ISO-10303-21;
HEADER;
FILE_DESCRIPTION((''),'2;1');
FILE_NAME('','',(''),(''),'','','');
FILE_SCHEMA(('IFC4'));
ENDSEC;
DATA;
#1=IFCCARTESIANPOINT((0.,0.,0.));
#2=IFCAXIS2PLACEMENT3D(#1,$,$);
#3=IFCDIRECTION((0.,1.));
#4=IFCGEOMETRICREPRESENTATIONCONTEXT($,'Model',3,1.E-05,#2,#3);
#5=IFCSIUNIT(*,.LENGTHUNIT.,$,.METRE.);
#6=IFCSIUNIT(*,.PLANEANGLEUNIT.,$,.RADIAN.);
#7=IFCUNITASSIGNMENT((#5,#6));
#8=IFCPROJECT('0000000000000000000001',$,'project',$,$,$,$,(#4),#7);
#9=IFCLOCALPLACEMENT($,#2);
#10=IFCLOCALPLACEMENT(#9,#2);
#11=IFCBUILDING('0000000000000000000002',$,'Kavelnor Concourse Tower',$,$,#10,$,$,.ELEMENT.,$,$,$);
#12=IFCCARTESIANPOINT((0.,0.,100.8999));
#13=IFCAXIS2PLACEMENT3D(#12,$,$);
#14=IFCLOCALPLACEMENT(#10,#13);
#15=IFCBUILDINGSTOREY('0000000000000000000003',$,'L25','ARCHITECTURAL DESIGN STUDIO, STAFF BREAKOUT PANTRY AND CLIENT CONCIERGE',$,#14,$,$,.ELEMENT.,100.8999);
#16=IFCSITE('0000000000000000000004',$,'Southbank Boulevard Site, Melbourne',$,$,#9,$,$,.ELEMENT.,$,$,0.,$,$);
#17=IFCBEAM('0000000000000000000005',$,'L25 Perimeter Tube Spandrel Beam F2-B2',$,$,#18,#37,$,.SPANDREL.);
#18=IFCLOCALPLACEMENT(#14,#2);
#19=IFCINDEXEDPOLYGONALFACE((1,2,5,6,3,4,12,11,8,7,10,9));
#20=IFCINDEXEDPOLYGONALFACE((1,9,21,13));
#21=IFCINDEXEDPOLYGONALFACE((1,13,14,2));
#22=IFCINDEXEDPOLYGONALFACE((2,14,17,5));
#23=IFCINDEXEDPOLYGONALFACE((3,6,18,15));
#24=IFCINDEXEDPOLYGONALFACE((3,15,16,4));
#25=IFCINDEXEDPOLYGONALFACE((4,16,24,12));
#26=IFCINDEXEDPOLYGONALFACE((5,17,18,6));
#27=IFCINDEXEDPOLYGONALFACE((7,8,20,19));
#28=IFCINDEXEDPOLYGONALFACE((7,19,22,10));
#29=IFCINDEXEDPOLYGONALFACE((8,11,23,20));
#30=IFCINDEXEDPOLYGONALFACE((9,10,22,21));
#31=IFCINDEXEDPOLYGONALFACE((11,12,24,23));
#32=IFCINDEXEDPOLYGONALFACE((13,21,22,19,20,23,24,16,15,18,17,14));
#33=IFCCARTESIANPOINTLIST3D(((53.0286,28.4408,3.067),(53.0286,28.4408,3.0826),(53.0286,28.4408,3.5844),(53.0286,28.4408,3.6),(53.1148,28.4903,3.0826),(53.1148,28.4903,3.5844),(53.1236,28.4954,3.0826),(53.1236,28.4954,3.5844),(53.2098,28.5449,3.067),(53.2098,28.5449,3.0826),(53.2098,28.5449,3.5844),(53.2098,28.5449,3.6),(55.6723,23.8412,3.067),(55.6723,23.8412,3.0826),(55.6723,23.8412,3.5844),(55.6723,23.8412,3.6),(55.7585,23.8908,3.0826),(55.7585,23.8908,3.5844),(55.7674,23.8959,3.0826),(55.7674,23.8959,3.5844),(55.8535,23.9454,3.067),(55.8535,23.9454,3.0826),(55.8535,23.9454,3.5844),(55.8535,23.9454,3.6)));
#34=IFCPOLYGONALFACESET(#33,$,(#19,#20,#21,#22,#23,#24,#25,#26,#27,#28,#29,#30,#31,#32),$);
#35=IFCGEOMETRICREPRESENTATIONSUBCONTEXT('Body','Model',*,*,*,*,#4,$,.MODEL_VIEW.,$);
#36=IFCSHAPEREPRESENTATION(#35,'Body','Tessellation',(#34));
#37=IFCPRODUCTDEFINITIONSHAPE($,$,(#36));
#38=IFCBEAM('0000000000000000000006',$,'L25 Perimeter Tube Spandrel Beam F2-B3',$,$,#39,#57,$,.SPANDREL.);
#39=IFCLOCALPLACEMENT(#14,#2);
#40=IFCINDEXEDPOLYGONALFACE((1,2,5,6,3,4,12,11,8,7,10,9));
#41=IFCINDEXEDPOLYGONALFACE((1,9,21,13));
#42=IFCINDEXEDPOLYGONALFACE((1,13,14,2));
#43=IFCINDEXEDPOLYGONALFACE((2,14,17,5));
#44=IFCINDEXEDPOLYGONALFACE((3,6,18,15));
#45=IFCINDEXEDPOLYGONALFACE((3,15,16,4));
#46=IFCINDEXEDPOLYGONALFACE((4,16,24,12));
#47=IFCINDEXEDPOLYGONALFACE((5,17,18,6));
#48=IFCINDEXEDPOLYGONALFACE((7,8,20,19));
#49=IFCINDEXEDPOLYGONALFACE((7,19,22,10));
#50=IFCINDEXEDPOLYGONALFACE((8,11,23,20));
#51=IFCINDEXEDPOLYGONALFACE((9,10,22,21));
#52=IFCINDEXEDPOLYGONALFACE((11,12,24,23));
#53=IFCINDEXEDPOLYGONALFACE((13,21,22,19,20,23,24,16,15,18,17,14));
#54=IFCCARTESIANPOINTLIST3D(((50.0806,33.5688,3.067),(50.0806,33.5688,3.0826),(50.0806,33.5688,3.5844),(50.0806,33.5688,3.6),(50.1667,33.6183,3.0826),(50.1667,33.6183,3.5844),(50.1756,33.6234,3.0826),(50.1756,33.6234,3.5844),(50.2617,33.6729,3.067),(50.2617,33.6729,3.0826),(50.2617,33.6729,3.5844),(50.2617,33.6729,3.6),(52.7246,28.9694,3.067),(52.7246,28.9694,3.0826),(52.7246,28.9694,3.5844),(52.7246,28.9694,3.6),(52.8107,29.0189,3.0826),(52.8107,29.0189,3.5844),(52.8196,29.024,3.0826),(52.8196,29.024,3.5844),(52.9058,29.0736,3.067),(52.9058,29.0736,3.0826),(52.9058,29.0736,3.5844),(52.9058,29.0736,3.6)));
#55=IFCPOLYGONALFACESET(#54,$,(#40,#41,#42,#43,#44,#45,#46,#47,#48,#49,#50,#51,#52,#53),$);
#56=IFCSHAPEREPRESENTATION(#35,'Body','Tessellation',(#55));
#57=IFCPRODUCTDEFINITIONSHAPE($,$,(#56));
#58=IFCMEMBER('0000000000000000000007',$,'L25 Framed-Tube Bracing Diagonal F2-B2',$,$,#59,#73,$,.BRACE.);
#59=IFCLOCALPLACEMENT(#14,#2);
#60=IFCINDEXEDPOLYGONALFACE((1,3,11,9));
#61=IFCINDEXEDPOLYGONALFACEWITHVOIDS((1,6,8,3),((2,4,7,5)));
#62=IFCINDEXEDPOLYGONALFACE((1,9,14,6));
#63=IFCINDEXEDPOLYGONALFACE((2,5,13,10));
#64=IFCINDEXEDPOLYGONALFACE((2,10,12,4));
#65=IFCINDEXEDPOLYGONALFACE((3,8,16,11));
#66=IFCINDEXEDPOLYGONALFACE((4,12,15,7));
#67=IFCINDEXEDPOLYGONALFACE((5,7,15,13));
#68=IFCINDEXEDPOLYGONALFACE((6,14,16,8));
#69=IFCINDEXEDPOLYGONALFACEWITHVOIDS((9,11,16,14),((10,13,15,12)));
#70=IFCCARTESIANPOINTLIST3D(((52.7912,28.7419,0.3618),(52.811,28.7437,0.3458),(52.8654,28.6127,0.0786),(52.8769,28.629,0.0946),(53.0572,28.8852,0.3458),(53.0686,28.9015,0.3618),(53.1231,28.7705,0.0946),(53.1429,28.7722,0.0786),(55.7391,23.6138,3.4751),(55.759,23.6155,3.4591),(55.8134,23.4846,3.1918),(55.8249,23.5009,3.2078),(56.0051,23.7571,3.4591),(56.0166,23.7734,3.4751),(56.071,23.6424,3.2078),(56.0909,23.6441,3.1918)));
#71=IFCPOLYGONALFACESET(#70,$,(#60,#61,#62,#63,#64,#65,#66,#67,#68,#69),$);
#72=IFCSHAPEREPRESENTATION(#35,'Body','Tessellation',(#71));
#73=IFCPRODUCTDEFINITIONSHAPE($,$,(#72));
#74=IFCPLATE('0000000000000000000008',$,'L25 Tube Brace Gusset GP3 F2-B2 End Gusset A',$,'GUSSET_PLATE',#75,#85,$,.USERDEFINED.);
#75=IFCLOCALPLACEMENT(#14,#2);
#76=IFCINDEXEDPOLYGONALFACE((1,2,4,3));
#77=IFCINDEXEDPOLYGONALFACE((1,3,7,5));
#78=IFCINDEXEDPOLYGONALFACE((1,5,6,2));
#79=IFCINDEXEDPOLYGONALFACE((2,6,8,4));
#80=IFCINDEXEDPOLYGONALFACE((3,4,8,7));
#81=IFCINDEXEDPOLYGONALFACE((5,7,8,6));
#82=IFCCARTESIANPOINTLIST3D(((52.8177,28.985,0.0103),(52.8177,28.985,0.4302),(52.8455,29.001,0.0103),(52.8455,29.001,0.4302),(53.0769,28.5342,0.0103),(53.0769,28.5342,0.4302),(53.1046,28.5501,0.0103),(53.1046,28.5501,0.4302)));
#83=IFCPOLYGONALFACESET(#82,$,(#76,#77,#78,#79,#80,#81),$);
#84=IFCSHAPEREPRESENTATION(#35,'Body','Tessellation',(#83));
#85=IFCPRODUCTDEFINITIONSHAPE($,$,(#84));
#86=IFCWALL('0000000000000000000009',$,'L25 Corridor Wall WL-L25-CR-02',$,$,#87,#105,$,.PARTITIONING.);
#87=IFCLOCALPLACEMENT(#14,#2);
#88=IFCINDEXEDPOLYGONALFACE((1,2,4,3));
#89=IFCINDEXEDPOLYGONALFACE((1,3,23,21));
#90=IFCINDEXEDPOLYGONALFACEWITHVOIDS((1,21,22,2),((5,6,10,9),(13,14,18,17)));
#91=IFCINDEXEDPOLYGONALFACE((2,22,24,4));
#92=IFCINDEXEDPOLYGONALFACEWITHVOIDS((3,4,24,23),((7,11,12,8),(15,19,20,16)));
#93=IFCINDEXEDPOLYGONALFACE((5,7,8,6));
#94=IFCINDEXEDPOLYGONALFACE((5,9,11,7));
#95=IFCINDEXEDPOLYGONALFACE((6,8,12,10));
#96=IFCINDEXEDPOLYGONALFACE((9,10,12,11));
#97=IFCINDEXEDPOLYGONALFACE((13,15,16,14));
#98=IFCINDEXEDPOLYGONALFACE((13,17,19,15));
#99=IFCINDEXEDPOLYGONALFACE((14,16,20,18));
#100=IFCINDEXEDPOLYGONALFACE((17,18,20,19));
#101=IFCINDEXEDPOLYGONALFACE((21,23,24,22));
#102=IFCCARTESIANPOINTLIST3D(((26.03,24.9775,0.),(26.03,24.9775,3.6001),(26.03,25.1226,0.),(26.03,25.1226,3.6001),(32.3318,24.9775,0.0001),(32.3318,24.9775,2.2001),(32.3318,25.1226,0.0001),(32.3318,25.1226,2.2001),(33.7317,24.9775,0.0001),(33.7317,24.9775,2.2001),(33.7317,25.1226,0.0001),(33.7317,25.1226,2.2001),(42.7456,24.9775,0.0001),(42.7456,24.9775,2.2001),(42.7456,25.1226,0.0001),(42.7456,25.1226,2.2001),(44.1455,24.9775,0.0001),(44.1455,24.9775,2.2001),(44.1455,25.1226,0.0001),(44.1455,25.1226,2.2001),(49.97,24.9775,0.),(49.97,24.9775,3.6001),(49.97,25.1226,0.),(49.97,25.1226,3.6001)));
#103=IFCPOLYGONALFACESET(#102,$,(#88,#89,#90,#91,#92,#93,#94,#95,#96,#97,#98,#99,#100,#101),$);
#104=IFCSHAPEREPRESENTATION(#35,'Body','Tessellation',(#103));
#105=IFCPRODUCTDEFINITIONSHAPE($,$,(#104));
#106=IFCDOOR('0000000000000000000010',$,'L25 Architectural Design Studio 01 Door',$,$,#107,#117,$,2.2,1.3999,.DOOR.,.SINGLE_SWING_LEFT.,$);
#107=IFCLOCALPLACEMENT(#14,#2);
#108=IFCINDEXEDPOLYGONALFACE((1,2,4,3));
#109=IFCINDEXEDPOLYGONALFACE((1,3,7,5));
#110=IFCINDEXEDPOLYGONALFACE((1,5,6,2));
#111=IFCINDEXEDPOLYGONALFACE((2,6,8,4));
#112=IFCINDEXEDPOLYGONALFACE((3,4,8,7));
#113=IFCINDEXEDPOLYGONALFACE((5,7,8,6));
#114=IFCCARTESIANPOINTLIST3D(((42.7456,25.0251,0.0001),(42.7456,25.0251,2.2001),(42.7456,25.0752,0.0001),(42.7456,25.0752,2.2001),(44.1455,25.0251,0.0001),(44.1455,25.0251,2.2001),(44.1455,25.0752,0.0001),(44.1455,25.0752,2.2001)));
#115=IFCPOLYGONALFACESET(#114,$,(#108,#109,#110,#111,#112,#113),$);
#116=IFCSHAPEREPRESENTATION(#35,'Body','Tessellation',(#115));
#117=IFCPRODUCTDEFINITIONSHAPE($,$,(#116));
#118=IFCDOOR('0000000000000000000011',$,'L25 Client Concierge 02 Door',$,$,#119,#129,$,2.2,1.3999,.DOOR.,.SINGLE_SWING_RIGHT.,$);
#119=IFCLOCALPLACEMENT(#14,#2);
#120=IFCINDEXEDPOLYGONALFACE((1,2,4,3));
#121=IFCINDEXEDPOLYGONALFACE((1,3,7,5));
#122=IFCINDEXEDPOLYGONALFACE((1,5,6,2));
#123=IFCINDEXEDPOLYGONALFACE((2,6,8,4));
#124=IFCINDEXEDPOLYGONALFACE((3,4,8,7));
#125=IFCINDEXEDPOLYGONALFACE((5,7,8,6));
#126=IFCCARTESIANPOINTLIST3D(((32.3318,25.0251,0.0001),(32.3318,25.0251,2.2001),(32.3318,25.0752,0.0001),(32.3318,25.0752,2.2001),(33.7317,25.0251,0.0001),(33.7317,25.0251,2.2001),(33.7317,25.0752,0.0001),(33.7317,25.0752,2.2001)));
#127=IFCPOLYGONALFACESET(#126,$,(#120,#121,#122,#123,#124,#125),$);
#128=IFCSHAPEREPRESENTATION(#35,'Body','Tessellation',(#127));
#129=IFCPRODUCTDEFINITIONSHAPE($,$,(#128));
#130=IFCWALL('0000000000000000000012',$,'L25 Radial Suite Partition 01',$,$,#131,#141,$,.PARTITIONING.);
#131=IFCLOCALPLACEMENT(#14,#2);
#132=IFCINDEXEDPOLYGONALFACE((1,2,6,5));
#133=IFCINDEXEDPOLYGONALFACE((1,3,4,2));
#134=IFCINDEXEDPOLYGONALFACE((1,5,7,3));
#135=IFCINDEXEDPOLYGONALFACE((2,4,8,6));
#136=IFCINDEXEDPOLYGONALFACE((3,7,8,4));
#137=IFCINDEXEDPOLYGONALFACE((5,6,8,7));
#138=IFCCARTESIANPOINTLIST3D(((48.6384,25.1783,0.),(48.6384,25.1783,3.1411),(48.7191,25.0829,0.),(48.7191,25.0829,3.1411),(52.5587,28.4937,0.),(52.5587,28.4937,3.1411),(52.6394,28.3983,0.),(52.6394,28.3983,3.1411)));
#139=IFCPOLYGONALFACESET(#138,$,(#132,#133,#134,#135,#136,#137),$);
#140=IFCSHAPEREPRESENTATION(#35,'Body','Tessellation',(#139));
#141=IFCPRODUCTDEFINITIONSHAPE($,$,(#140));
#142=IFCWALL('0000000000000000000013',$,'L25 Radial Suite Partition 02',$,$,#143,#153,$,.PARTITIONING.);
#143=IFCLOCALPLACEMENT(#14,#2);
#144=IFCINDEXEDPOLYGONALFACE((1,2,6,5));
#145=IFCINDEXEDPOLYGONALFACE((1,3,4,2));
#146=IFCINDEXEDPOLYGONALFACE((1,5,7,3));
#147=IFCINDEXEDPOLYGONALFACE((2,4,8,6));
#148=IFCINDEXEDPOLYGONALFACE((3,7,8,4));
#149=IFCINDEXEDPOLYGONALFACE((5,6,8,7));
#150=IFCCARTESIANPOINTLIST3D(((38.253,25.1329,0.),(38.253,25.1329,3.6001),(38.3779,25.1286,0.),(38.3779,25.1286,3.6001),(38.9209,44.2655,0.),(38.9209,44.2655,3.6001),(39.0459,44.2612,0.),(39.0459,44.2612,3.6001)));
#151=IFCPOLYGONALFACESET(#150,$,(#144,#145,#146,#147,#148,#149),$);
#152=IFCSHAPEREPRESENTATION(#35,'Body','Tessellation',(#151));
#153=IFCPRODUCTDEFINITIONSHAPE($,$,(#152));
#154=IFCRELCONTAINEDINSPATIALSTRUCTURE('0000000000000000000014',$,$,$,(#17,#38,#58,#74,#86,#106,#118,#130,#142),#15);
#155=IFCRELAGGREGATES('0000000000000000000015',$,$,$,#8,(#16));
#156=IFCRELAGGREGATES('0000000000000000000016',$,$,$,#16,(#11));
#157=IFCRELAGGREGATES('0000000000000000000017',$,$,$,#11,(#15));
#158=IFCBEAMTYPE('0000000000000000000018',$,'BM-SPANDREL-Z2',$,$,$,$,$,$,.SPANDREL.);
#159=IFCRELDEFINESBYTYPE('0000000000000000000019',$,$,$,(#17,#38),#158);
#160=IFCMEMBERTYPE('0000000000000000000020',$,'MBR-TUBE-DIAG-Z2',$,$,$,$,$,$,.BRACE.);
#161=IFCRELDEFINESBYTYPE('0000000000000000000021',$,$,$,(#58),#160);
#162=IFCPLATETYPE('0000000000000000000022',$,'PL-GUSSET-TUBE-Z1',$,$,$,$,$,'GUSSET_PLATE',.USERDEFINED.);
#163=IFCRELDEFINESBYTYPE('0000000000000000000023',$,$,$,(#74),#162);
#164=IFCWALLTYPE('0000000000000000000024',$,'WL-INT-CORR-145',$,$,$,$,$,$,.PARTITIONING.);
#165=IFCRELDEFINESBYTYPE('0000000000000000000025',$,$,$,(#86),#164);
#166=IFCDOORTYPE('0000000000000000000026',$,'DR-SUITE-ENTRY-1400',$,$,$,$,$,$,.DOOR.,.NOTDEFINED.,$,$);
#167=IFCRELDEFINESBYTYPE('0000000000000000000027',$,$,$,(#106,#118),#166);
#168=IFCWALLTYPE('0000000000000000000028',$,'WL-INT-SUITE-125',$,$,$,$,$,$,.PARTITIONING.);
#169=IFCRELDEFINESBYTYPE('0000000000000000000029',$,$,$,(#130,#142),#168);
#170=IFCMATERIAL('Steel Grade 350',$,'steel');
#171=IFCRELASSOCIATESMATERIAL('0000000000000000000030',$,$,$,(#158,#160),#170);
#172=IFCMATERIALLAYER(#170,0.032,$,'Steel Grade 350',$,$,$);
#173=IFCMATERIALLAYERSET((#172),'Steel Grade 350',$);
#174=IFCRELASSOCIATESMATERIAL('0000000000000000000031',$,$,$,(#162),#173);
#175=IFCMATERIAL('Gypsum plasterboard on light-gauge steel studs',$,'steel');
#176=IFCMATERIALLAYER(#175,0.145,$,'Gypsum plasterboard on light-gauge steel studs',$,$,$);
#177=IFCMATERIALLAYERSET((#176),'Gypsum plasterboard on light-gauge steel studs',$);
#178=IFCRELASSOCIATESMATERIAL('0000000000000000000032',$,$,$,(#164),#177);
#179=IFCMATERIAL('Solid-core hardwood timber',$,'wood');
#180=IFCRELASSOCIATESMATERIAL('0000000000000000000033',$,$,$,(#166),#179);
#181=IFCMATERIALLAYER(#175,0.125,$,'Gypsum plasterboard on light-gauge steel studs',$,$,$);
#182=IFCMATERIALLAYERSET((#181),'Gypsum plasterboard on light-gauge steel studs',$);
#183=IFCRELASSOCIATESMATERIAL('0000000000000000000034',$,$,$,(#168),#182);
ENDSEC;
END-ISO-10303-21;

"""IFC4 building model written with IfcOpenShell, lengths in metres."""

from ifc_helpers import new_model, si_unit, direction, frame, frame_2d, origin, origin_2d, place, context, subcontext, project, spatial, rectangle, hollow_rectangle, i_section, extrude, material, layer, layer_set, material_profile, profile_set, type_object, element, fill, save


model = new_model("IFC4")

# Units and contexts
model_context = context("Model", 3, precision=1e-05, world=origin(), true_north=direction((0.0, 1.0)))
body_context = subcontext(model_context, "Body", "Model", "MODEL_VIEW")
ifc_project = project(units=[si_unit("LENGTHUNIT", "METRE"), si_unit("PLANEANGLEUNIT", "RADIAN")], contexts=[model_context])

# Site, building, storey
site_placement = place(None, origin())
site = spatial("IfcSite", under=ifc_project, at=site_placement, Name="Southbank Boulevard Site, Melbourne", CompositionType="ELEMENT", RefElevation=0.0)
building_placement = place(site_placement, origin())
building = spatial("IfcBuilding", under=site, at=building_placement, Name="Kavelnor Concourse Tower", CompositionType="ELEMENT")
storey_placement = place(building_placement, frame((0.0, 0.0, 100.8999)))
storey = spatial("IfcBuildingStorey", under=building, at=storey_placement, Name="L25", Description="ARCHITECTURAL DESIGN STUDIO, STAFF BREAKOUT PANTRY AND CLIENT CONCIERGE", CompositionType="ELEMENT", Elevation=100.8999)

# Shared definitions
ifc_material_1 = material(Name="Steel Grade 350", Category="steel")

# Beams
ifc_material_profile_1 = material_profile(ifc_material_1, i_section(OverallWidth=0.209, OverallDepth=0.533, WebThickness=0.0103, FlangeThickness=0.0156, at=origin_2d()), Name="530UB92")
ifc_profile_set_1 = profile_set([ifc_material_profile_1], Name="Steel Grade 350")
beam_type_1 = type_object("IfcBeamType", Name="BM-SPANDREL-Z2", PredefinedType="SPANDREL", material=ifc_profile_set_1)
for number, where, z_axis, x_axis, name in (
    (1, (55.7629, 23.8933, 3.3335), (-0.498333, 0.866986, 0.0), (-0.866986, -0.498333, 0.0), "L25 Perimeter Tube Spandrel Beam F2-B2"),
    (2, (52.8152, 29.0215, 3.3335), (-0.498387, 0.866955, 0.0), (-0.866955, -0.498387, 0.0), "L25 Perimeter Tube Spandrel Beam F2-B3"),
):
    element("IfcBeam", number, at=place(storey_placement, frame(where, z_axis=z_axis, x_axis=x_axis)), inside=storey, type_object=beam_type_1, Name=name, PredefinedType="SPANDREL", context=body_context, shape_type="SweptSolid", body=[
        extrude(i_section(OverallWidth=0.209, OverallDepth=0.533, WebThickness=0.0103, FlangeThickness=0.0156, at=origin_2d()), origin(), (0.0, 0.0, 1.0), 5.3052),
    ])

# Member
ifc_material_profile_2 = material_profile(ifc_material_1, hollow_rectangle(XDim=0.3201, YDim=0.3201, WallThickness=0.0181, at=origin_2d()), Name="SHS 320x320x18")
ifc_profile_set_2 = profile_set([ifc_material_profile_2], Name="Steel Grade 350")
member_type = type_object("IfcMemberType", Name="MBR-TUBE-DIAG-Z2", PredefinedType="BRACE", material=ifc_profile_set_2)
member_placement = place(storey_placement, frame((52.967, 28.7571, 0.2202), z_axis=(0.441026, -0.767184, 0.465752), x_axis=(0.866958, 0.498382, 0.0)))
element("IfcMember", 3, at=member_placement, inside=storey, type_object=member_type, Name="L25 Framed-Tube Bracing Diagonal F2-B2", PredefinedType="BRACE", context=body_context, shape_type="SweptSolid", body=[
    extrude(hollow_rectangle(XDim=0.3201, YDim=0.3201, WallThickness=0.0181, at=origin_2d()), origin(), (0.0, 0.0, 1.0), 6.6843),
])

# Plate
ifc_layer_1 = layer(ifc_material_1, 0.032, Name="Steel Grade 350")
ifc_layer_set_1 = layer_set([ifc_layer_1], Name="Steel Grade 350")
plate_type = type_object("IfcPlateType", Name="PL-GUSSET-TUBE-Z1", ElementType="GUSSET_PLATE", PredefinedType="USERDEFINED", material=ifc_layer_set_1)
plate_placement = place(storey_placement, frame((52.9612, 28.7676, 0.0103), z_axis=(0.0, 0.0, 1.0), x_axis=(0.498336, -0.866984, 0.0)))
element("IfcPlate", 4, at=plate_placement, inside=storey, type_object=plate_type, Name="L25 Tube Brace Gusset GP3 F2-B2 End Gusset A", ObjectType="GUSSET_PLATE", PredefinedType="USERDEFINED", context=body_context, shape_type="SweptSolid", body=[
    extrude(rectangle(XDim=0.52, YDim=0.032, at=origin_2d()), origin(), (0.0, 0.0, 1.0), 0.4199),
])

# Wall, openings, doors
ifc_material_2 = material(Name="Gypsum plasterboard on light-gauge steel studs", Category="steel")
ifc_layer_2 = layer(ifc_material_2, 0.145, Name="Gypsum plasterboard on light-gauge steel studs")
ifc_layer_set_2 = layer_set([ifc_layer_2], Name="Gypsum plasterboard on light-gauge steel studs")
wall_type_1 = type_object("IfcWallType", Name="WL-INT-CORR-145", PredefinedType="PARTITIONING", material=ifc_layer_set_2)
wall_1_placement = place(storey_placement, frame((49.97, 25.05, 0.0), z_axis=(0.0, 0.0, 1.0), x_axis=(-1.0, 0.0, 0.0)))
wall_1 = element("IfcWall", 5, at=wall_1_placement, inside=storey, type_object=wall_type_1, Name="L25 Corridor Wall WL-L25-CR-02", PredefinedType="PARTITIONING", context=body_context, shape_type="SweptSolid", body=[
    extrude(rectangle(XDim=23.9399, YDim=0.145, at=frame_2d((11.97, 0.0))), origin(), (0.0, 0.0, 1.0), 3.6001),
])
opening_1_placement = place(wall_1_placement, frame((5.8245, 0.0, 0.0)))
opening_1 = element("IfcOpeningElement", 6, at=opening_1_placement, cuts=wall_1, PredefinedType="OPENING", context=body_context, shape_type="SweptSolid", body=[
    extrude(rectangle(XDim=1.3999, YDim=2.2, at=frame_2d((0.7, 1.1001))), frame((0.0, 0.0825, 0.0), z_axis=(0.0, -1.0, 0.0), x_axis=(1.0, 0.0, 0.0)), (0.0, 0.0, 1.0), 0.165),
])
opening_2_placement = place(wall_1_placement, frame((16.2383, 0.0, 0.0)))
opening_2 = element("IfcOpeningElement", 7, at=opening_2_placement, cuts=wall_1, PredefinedType="OPENING", context=body_context, shape_type="SweptSolid", body=[
    extrude(rectangle(XDim=1.3999, YDim=2.2, at=frame_2d((0.7, 1.1001))), frame((0.0, 0.0825, 0.0), z_axis=(0.0, -1.0, 0.0), x_axis=(1.0, 0.0, 0.0)), (0.0, 0.0, 1.0), 0.165),
])
ifc_material_3 = material(Name="Solid-core hardwood timber", Category="wood")
door_type = type_object("IfcDoorType", Name="DR-SUITE-ENTRY-1400", OperationType="NOTDEFINED", PredefinedType="DOOR", material=ifc_material_3)
door_1_placement = place(opening_1_placement, origin())
door_1 = element("IfcDoor", 8, at=door_1_placement, inside=storey, type_object=door_type, Name="L25 Architectural Design Studio 01 Door", OperationType="SINGLE_SWING_LEFT", OverallHeight=2.2, OverallWidth=1.3999, PredefinedType="DOOR", context=body_context, shape_type="SweptSolid", body=[
    extrude(rectangle(XDim=1.3999, YDim=2.2, at=frame_2d((0.7, 1.1001))), frame((0.0, 0.0249, 0.0), z_axis=(0.0, -1.0, 0.0), x_axis=(1.0, 0.0, 0.0)), (0.0, 0.0, 1.0), 0.05),
])
fill(opening_1, door_1)
door_2_placement = place(opening_2_placement, origin())
door_2 = element("IfcDoor", 9, at=door_2_placement, inside=storey, type_object=door_type, Name="L25 Client Concierge 02 Door", OperationType="SINGLE_SWING_RIGHT", OverallHeight=2.2, OverallWidth=1.3999, PredefinedType="DOOR", context=body_context, shape_type="SweptSolid", body=[
    extrude(rectangle(XDim=1.3999, YDim=2.2, at=frame_2d((0.7, 1.1001))), frame((0.0, 0.0249, 0.0), z_axis=(0.0, -1.0, 0.0), x_axis=(1.0, 0.0, 0.0)), (0.0, 0.0, 1.0), 0.05),
])
fill(opening_2, door_2)

# Walls
ifc_layer_3 = layer(ifc_material_2, 0.125, Name="Gypsum plasterboard on light-gauge steel studs")
ifc_layer_set_3 = layer_set([ifc_layer_3], Name="Gypsum plasterboard on light-gauge steel studs")
wall_type_2 = type_object("IfcWallType", Name="WL-INT-SUITE-125", PredefinedType="PARTITIONING", material=ifc_layer_set_3)
wall_2_placement = place(storey_placement, frame((48.6787, 25.1306, 0.0), z_axis=(0.0, 0.0, 1.0), x_axis=(0.763563, 0.645733, 0.0)))
element("IfcWall", 10, at=wall_2_placement, inside=storey, type_object=wall_type_2, Name="L25 Radial Suite Partition 01", PredefinedType="PARTITIONING", context=body_context, shape_type="SweptSolid", body=[
    extrude(rectangle(XDim=5.1343, YDim=0.125, at=frame_2d((2.5671, 0.0))), origin(), (0.0, 0.0, 1.0), 3.1411),
])
wall_3_placement = place(storey_placement, frame((38.3154, 25.1306, 0.0), z_axis=(0.0, 0.0, 1.0), x_axis=(0.034891, 0.999391, 0.0)))
element("IfcWall", 11, at=wall_3_placement, inside=storey, type_object=wall_type_2, Name="L25 Radial Suite Partition 02", PredefinedType="PARTITIONING", context=body_context, shape_type="SweptSolid", body=[
    extrude(rectangle(XDim=19.1443, YDim=0.125, at=frame_2d((9.5723, 0.0))), origin(), (0.0, 0.0, 1.0), 3.6001),
])

save(model, "model.ifc")
